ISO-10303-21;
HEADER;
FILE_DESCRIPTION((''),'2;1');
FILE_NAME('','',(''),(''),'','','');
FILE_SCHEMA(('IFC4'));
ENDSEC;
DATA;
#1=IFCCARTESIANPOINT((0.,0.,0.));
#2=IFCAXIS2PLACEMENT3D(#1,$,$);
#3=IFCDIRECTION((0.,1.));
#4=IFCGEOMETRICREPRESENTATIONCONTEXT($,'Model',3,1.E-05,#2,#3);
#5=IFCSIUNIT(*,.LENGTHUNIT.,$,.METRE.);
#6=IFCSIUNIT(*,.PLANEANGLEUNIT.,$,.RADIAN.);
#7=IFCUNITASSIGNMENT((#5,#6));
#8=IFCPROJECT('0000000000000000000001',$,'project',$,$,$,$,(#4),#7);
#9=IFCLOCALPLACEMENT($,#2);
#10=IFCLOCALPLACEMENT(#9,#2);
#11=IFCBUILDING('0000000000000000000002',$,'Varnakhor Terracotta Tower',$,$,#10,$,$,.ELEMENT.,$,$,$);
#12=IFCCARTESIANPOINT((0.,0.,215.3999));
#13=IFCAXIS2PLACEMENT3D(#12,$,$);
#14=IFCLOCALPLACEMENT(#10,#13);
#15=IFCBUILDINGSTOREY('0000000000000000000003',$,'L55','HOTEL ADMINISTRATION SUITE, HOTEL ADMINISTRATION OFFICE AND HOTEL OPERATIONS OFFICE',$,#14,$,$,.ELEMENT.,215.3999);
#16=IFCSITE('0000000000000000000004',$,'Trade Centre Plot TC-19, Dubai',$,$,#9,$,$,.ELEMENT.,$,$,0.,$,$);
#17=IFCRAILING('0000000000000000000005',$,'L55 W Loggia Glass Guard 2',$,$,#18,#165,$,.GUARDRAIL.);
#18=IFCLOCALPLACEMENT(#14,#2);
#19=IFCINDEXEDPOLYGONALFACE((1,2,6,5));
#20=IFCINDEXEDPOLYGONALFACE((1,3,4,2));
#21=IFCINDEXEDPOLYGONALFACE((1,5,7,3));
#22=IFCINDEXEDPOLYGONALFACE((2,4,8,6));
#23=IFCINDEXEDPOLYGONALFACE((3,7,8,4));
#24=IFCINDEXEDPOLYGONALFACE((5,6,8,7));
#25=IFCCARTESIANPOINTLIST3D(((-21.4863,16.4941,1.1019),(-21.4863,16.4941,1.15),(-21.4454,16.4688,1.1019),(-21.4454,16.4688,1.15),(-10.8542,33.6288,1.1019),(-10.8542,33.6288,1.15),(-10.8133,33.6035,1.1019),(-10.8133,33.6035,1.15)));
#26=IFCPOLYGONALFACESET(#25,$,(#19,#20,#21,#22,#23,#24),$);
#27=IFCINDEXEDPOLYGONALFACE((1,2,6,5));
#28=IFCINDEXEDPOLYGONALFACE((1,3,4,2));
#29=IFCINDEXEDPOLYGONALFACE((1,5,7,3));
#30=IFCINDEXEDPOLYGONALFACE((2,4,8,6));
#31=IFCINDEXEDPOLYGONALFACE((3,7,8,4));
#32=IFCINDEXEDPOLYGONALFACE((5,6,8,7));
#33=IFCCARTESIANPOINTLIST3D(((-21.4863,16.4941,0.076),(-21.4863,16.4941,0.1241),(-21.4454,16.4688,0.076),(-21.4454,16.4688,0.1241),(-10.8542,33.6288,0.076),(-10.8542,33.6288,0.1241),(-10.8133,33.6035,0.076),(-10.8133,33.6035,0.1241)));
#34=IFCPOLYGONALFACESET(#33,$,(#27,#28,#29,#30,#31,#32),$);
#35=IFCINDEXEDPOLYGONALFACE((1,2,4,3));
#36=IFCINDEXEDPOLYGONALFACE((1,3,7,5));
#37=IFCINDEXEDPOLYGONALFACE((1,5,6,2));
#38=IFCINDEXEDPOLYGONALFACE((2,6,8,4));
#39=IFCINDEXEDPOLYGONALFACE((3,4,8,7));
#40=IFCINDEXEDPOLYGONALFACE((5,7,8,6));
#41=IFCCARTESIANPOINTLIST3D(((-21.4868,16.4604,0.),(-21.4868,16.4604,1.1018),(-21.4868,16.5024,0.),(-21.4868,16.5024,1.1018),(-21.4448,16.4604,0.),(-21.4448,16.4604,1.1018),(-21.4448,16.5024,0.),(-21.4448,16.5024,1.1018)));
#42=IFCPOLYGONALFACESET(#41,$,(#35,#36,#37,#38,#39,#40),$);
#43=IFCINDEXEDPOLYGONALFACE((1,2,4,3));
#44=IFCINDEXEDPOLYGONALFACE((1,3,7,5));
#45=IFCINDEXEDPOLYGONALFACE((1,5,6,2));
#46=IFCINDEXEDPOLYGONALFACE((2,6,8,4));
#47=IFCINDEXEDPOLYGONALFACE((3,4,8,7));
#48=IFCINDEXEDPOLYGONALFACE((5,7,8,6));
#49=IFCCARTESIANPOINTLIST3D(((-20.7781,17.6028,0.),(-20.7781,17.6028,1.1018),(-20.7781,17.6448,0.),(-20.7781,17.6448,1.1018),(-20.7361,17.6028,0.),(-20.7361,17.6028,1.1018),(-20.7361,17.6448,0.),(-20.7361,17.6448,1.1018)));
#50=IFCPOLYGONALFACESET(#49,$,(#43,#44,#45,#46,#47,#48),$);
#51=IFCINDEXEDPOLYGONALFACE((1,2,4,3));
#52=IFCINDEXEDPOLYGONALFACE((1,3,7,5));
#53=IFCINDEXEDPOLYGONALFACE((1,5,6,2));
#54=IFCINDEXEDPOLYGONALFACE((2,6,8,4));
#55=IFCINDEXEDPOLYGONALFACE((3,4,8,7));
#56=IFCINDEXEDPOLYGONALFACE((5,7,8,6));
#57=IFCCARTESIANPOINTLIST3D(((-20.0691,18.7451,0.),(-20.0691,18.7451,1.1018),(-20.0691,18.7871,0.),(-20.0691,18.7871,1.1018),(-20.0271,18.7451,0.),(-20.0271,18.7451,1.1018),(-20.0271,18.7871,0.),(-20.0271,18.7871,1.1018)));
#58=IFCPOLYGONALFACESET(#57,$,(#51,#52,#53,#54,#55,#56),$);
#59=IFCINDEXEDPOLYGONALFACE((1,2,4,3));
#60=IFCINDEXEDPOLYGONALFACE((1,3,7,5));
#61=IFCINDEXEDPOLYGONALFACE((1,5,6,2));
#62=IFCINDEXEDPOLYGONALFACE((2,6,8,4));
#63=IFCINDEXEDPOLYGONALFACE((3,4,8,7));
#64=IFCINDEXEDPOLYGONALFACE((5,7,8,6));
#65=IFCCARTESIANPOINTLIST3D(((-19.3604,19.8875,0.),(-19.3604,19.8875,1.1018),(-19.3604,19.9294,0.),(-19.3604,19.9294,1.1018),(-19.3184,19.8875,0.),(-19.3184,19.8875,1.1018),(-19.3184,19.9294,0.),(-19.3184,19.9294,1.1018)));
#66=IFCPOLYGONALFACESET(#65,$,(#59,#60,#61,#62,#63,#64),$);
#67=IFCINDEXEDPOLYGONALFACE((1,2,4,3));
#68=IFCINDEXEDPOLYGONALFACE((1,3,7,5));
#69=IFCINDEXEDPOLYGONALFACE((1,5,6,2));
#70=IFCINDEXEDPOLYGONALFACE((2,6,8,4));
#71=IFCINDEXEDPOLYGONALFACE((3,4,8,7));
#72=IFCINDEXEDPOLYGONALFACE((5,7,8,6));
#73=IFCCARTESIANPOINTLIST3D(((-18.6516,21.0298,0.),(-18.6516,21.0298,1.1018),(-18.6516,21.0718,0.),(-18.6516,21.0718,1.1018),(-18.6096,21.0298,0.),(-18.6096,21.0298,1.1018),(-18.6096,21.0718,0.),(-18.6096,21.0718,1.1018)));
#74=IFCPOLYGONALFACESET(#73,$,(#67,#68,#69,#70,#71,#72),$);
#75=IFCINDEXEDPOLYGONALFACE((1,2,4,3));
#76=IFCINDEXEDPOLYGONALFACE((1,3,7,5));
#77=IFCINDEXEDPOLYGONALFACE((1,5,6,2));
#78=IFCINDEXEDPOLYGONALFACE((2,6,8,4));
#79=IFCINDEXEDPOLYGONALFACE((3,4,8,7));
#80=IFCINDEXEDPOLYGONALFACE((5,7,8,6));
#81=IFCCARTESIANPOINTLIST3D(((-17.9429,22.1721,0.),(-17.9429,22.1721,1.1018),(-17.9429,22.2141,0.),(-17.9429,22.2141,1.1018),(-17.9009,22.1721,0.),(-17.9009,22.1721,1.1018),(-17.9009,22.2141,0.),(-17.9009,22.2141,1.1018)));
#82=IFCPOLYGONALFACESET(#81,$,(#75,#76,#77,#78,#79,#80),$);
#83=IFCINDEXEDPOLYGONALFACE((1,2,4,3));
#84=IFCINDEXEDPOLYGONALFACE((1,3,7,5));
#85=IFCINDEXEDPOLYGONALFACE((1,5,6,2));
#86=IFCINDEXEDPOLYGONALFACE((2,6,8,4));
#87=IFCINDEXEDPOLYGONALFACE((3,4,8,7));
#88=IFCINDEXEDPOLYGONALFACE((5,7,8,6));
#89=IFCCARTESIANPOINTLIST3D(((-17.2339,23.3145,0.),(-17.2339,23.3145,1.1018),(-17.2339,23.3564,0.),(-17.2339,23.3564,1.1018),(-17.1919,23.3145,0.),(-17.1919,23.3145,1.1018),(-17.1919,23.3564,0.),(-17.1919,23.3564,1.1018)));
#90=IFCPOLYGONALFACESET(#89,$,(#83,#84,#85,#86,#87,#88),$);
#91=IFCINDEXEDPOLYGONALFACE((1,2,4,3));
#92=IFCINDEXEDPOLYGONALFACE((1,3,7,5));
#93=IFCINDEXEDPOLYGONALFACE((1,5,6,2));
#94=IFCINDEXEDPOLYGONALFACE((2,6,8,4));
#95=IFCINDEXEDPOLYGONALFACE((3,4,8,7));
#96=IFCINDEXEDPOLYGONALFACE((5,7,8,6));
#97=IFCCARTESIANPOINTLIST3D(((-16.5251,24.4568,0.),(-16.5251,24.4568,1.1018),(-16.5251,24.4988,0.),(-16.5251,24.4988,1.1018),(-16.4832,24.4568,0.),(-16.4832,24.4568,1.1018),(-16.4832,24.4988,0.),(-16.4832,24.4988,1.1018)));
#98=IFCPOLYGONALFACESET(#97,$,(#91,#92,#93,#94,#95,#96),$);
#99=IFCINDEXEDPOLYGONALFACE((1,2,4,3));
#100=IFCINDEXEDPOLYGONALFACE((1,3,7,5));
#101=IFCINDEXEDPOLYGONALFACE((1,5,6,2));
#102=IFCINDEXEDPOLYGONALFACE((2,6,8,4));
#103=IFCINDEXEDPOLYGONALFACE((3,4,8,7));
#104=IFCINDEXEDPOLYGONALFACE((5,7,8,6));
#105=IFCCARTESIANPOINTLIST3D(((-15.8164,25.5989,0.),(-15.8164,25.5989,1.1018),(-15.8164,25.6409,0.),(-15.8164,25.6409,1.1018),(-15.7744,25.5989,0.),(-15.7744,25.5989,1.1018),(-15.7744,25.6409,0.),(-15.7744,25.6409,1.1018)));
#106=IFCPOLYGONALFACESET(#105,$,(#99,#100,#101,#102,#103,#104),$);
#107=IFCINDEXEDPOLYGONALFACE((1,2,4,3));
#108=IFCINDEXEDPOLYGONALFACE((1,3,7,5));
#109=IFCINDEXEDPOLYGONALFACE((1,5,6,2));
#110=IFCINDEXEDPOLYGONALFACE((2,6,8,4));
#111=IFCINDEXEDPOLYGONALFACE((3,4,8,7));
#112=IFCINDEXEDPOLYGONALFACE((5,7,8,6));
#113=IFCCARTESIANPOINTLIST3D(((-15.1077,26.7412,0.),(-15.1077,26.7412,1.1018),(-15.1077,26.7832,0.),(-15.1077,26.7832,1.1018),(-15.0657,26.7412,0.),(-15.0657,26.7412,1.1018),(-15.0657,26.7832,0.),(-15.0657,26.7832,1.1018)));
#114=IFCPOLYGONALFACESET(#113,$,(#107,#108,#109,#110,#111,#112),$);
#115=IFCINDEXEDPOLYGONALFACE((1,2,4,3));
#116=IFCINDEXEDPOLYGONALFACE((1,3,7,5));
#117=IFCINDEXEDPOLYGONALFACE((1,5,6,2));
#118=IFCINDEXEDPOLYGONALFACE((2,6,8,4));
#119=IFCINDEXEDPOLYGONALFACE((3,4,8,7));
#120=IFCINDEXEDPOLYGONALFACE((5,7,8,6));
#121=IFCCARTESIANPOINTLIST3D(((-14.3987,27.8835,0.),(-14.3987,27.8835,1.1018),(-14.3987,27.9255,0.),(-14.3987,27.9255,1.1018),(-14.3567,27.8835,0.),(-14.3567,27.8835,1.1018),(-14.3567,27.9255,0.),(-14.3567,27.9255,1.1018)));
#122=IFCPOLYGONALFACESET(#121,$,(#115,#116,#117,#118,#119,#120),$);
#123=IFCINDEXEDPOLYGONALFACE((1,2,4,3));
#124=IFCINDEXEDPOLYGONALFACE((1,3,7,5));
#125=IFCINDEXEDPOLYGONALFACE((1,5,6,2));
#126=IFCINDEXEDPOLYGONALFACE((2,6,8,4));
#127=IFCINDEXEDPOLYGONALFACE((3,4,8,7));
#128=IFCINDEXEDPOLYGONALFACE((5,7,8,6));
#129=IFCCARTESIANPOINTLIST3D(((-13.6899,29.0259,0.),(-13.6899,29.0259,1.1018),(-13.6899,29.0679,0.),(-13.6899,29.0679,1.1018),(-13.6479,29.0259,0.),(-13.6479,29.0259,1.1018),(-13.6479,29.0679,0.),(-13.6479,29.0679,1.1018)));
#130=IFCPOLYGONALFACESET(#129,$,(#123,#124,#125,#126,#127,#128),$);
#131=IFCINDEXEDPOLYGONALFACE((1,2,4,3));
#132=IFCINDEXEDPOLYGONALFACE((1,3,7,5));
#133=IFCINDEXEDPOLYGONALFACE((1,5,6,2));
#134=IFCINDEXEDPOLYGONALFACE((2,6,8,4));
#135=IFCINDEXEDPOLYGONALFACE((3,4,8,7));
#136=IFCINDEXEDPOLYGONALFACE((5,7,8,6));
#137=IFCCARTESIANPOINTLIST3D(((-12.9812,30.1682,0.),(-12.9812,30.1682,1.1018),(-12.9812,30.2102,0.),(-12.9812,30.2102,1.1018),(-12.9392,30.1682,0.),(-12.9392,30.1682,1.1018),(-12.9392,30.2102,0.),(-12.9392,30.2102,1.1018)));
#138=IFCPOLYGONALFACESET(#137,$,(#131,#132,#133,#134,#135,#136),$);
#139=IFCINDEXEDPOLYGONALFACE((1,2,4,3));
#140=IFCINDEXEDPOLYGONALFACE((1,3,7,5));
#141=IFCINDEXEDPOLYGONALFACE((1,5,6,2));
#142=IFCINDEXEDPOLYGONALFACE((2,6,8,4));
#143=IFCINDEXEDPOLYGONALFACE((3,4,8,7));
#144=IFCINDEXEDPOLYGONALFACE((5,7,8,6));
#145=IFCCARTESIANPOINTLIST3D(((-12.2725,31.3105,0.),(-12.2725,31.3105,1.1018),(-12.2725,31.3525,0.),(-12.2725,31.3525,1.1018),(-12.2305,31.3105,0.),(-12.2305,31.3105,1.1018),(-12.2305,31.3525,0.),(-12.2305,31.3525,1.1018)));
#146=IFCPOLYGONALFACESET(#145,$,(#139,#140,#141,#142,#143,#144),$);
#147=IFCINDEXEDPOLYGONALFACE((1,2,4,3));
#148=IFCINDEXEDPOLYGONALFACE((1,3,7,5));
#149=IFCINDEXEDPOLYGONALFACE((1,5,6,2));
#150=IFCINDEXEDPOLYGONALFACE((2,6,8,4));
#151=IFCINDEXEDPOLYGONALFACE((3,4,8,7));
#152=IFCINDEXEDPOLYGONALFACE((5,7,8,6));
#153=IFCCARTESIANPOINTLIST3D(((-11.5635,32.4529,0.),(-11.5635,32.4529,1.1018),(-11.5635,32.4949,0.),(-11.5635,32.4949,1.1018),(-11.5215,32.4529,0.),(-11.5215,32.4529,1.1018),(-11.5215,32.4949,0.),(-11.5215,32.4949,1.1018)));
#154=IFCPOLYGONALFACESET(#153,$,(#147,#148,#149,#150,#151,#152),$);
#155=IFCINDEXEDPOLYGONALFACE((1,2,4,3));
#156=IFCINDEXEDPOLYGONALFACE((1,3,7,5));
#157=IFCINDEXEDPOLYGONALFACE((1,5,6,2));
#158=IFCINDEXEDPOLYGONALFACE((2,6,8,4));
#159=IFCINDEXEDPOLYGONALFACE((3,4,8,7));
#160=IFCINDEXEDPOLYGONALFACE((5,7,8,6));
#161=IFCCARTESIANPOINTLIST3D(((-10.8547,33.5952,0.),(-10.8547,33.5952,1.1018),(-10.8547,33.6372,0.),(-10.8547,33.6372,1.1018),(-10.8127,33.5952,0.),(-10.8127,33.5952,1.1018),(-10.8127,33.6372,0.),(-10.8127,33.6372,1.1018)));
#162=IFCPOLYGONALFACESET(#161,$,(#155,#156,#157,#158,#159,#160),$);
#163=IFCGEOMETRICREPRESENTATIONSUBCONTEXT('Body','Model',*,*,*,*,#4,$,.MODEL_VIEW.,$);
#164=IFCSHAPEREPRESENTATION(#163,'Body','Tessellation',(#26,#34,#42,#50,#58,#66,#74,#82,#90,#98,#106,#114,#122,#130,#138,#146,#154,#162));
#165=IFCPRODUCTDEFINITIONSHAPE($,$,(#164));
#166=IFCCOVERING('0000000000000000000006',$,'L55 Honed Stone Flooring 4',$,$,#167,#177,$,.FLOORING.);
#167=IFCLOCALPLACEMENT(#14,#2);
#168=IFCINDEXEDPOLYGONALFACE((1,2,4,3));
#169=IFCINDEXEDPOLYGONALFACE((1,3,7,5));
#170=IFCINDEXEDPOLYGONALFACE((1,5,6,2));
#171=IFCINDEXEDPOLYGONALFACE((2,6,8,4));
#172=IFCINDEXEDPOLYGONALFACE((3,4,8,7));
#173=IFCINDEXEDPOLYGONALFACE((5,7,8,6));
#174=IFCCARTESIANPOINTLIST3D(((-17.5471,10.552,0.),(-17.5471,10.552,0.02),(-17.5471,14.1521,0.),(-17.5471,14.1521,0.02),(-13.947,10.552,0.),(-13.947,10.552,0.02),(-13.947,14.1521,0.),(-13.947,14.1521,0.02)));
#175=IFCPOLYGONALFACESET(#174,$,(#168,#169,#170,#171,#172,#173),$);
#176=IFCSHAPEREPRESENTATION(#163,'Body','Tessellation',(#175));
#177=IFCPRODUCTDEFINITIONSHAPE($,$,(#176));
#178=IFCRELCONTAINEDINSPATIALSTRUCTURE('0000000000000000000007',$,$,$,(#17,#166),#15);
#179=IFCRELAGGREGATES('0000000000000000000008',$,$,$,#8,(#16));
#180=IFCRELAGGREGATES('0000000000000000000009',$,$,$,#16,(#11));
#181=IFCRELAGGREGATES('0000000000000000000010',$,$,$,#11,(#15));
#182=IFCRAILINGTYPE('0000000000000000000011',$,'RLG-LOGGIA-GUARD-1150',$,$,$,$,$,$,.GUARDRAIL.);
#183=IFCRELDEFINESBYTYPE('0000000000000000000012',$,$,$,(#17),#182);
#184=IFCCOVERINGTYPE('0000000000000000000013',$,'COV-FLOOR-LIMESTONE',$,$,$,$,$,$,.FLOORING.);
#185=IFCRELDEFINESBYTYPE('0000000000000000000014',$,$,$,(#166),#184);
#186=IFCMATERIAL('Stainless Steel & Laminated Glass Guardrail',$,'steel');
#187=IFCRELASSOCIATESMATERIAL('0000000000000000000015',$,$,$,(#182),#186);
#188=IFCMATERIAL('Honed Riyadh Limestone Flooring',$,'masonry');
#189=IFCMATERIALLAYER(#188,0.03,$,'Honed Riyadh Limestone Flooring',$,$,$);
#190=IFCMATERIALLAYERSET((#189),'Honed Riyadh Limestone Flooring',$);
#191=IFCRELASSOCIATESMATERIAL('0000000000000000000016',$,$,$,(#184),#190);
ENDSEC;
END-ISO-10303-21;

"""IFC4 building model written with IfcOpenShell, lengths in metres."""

from ifc_helpers import new_model, si_unit, direction, frame, origin, origin_2d, place, context, subcontext, project, spatial, rectangle, extrude, source, transform, mapped, material, layer, layer_set, type_object, element, save


model = new_model("IFC4")

# Units and contexts
model_context = context("Model", 3, precision=1e-05, world=origin(), true_north=direction((0.0, 1.0)))
body_context = subcontext(model_context, "Body", "Model", "MODEL_VIEW")
ifc_project = project(units=[si_unit("LENGTHUNIT", "METRE"), si_unit("PLANEANGLEUNIT", "RADIAN")], contexts=[model_context])

# Site, building, storey
site_placement = place(None, origin())
site = spatial("IfcSite", under=ifc_project, at=site_placement, Name="Trade Centre Plot TC-19, Dubai", CompositionType="ELEMENT", RefElevation=0.0)
building_placement = place(site_placement, origin())
building = spatial("IfcBuilding", under=site, at=building_placement, Name="Varnakhor Terracotta Tower", CompositionType="ELEMENT")
storey_placement = place(building_placement, frame((0.0, 0.0, 215.3999)))
storey = spatial("IfcBuildingStorey", under=building, at=storey_placement, Name="L55", Description="HOTEL ADMINISTRATION SUITE, HOTEL ADMINISTRATION OFFICE AND HOTEL OPERATIONS OFFICE", CompositionType="ELEMENT", Elevation=215.3999)

# Railing
ifc_material_1 = material(Name="Stainless Steel & Laminated Glass Guardrail", Category="steel")
railing_type = type_object("IfcRailingType", Name="RLG-LOGGIA-GUARD-1150", PredefinedType="GUARDRAIL", material=ifc_material_1)
railing_1_placement = place(storey_placement, frame((-21.4658, 16.4814, 0.0)))
element("IfcRailing", 1, at=railing_1_placement, inside=storey, type_object=railing_type, Name="L55 W Loggia Glass Guard 2", PredefinedType="GUARDRAIL", context=body_context, shape_type="SweptSolid", body=[
    extrude(rectangle(XDim=0.0481, YDim=0.0481, at=origin_2d()), frame((0.0, 0.0, 1.126), z_axis=(0.527245, 0.849713, 0.0), x_axis=(-0.849713, 0.527245, 0.0)), (0.0, 0.0, 1.0), 20.1653),
    extrude(rectangle(XDim=0.0481, YDim=0.0481, at=origin_2d()), frame((0.0, 0.0, 0.1001), z_axis=(0.527245, 0.849713, 0.0), x_axis=(-0.849713, 0.527245, 0.0)), (0.0, 0.0, 1.0), 20.1653),
    extrude(rectangle(XDim=0.042, YDim=0.042, at=origin_2d()), origin(), (0.0, 0.0, 1.0), 1.1018),
    extrude(rectangle(XDim=0.042, YDim=0.042, at=origin_2d()), frame((0.7087, 1.1423, 0.0)), (0.0, 0.0, 1.0), 1.1018),
    extrude(rectangle(XDim=0.042, YDim=0.042, at=origin_2d()), frame((1.4177, 2.2847, 0.0)), (0.0, 0.0, 1.0), 1.1018),
    extrude(rectangle(XDim=0.042, YDim=0.042, at=origin_2d()), frame((2.1265, 3.427, 0.0)), (0.0, 0.0, 1.0), 1.1018),
    extrude(rectangle(XDim=0.042, YDim=0.042, at=origin_2d()), frame((2.8352, 4.5693, 0.0)), (0.0, 0.0, 1.0), 1.1018),
    extrude(rectangle(XDim=0.042, YDim=0.042, at=origin_2d()), frame((3.5439, 5.7117, 0.0)), (0.0, 0.0, 1.0), 1.1018),
    extrude(rectangle(XDim=0.042, YDim=0.042, at=origin_2d()), frame((4.2529, 6.854, 0.0)), (0.0, 0.0, 1.0), 1.1018),
    extrude(rectangle(XDim=0.042, YDim=0.042, at=origin_2d()), frame((4.9617, 7.9963, 0.0)), (0.0, 0.0, 1.0), 1.1018),
    extrude(rectangle(XDim=0.042, YDim=0.042, at=origin_2d()), frame((5.6704, 9.1384, 0.0)), (0.0, 0.0, 1.0), 1.1018),
    extrude(rectangle(XDim=0.042, YDim=0.042, at=origin_2d()), frame((6.3792, 10.2808, 0.0)), (0.0, 0.0, 1.0), 1.1018),
    extrude(rectangle(XDim=0.042, YDim=0.042, at=origin_2d()), frame((7.0881, 11.4231, 0.0)), (0.0, 0.0, 1.0), 1.1018),
    extrude(rectangle(XDim=0.042, YDim=0.042, at=origin_2d()), frame((7.7969, 12.5654, 0.0)), (0.0, 0.0, 1.0), 1.1018),
    extrude(rectangle(XDim=0.042, YDim=0.042, at=origin_2d()), frame((8.5056, 13.7078, 0.0)), (0.0, 0.0, 1.0), 1.1018),
    extrude(rectangle(XDim=0.042, YDim=0.042, at=origin_2d()), frame((9.2144, 14.8501, 0.0)), (0.0, 0.0, 1.0), 1.1018),
    extrude(rectangle(XDim=0.042, YDim=0.042, at=origin_2d()), frame((9.9233, 15.9924, 0.0)), (0.0, 0.0, 1.0), 1.1018),
    extrude(rectangle(XDim=0.042, YDim=0.042, at=origin_2d()), frame((10.6321, 17.1348, 0.0)), (0.0, 0.0, 1.0), 1.1018),
])

# Covering
ifc_material_2 = material(Name="Honed Riyadh Limestone Flooring", Category="masonry")
ifc_layer_1 = layer(ifc_material_2, 0.03, Name="Honed Riyadh Limestone Flooring")
ifc_layer_set_1 = layer_set([ifc_layer_1], Name="Honed Riyadh Limestone Flooring")
covering_type = type_object("IfcCoveringType", Name="COV-FLOOR-LIMESTONE", PredefinedType="FLOORING", material=ifc_layer_set_1)
shared_shape_1 = source(origin(), body_context, "Body", "SweptSolid", [
    extrude(rectangle(XDim=3.6001, YDim=3.6001, at=origin_2d()), origin(), (0.0, 0.0, 1.0), 0.02),
])
covering_placement = place(storey_placement, frame((-15.7471, 12.3521, 0.0), z_axis=(0.0, 0.0, 1.0), x_axis=(1.0, 0.0, 0.0)))
element("IfcCovering", 2, at=covering_placement, inside=storey, type_object=covering_type, Name="L55 Honed Stone Flooring 4", PredefinedType="FLOORING", context=body_context, shape_type="MappedRepresentation", body=[
    mapped(shared_shape_1, transform((0.0, 0.0, 0.0), scale=1.0)),
])

save(model, "model.ifc")
